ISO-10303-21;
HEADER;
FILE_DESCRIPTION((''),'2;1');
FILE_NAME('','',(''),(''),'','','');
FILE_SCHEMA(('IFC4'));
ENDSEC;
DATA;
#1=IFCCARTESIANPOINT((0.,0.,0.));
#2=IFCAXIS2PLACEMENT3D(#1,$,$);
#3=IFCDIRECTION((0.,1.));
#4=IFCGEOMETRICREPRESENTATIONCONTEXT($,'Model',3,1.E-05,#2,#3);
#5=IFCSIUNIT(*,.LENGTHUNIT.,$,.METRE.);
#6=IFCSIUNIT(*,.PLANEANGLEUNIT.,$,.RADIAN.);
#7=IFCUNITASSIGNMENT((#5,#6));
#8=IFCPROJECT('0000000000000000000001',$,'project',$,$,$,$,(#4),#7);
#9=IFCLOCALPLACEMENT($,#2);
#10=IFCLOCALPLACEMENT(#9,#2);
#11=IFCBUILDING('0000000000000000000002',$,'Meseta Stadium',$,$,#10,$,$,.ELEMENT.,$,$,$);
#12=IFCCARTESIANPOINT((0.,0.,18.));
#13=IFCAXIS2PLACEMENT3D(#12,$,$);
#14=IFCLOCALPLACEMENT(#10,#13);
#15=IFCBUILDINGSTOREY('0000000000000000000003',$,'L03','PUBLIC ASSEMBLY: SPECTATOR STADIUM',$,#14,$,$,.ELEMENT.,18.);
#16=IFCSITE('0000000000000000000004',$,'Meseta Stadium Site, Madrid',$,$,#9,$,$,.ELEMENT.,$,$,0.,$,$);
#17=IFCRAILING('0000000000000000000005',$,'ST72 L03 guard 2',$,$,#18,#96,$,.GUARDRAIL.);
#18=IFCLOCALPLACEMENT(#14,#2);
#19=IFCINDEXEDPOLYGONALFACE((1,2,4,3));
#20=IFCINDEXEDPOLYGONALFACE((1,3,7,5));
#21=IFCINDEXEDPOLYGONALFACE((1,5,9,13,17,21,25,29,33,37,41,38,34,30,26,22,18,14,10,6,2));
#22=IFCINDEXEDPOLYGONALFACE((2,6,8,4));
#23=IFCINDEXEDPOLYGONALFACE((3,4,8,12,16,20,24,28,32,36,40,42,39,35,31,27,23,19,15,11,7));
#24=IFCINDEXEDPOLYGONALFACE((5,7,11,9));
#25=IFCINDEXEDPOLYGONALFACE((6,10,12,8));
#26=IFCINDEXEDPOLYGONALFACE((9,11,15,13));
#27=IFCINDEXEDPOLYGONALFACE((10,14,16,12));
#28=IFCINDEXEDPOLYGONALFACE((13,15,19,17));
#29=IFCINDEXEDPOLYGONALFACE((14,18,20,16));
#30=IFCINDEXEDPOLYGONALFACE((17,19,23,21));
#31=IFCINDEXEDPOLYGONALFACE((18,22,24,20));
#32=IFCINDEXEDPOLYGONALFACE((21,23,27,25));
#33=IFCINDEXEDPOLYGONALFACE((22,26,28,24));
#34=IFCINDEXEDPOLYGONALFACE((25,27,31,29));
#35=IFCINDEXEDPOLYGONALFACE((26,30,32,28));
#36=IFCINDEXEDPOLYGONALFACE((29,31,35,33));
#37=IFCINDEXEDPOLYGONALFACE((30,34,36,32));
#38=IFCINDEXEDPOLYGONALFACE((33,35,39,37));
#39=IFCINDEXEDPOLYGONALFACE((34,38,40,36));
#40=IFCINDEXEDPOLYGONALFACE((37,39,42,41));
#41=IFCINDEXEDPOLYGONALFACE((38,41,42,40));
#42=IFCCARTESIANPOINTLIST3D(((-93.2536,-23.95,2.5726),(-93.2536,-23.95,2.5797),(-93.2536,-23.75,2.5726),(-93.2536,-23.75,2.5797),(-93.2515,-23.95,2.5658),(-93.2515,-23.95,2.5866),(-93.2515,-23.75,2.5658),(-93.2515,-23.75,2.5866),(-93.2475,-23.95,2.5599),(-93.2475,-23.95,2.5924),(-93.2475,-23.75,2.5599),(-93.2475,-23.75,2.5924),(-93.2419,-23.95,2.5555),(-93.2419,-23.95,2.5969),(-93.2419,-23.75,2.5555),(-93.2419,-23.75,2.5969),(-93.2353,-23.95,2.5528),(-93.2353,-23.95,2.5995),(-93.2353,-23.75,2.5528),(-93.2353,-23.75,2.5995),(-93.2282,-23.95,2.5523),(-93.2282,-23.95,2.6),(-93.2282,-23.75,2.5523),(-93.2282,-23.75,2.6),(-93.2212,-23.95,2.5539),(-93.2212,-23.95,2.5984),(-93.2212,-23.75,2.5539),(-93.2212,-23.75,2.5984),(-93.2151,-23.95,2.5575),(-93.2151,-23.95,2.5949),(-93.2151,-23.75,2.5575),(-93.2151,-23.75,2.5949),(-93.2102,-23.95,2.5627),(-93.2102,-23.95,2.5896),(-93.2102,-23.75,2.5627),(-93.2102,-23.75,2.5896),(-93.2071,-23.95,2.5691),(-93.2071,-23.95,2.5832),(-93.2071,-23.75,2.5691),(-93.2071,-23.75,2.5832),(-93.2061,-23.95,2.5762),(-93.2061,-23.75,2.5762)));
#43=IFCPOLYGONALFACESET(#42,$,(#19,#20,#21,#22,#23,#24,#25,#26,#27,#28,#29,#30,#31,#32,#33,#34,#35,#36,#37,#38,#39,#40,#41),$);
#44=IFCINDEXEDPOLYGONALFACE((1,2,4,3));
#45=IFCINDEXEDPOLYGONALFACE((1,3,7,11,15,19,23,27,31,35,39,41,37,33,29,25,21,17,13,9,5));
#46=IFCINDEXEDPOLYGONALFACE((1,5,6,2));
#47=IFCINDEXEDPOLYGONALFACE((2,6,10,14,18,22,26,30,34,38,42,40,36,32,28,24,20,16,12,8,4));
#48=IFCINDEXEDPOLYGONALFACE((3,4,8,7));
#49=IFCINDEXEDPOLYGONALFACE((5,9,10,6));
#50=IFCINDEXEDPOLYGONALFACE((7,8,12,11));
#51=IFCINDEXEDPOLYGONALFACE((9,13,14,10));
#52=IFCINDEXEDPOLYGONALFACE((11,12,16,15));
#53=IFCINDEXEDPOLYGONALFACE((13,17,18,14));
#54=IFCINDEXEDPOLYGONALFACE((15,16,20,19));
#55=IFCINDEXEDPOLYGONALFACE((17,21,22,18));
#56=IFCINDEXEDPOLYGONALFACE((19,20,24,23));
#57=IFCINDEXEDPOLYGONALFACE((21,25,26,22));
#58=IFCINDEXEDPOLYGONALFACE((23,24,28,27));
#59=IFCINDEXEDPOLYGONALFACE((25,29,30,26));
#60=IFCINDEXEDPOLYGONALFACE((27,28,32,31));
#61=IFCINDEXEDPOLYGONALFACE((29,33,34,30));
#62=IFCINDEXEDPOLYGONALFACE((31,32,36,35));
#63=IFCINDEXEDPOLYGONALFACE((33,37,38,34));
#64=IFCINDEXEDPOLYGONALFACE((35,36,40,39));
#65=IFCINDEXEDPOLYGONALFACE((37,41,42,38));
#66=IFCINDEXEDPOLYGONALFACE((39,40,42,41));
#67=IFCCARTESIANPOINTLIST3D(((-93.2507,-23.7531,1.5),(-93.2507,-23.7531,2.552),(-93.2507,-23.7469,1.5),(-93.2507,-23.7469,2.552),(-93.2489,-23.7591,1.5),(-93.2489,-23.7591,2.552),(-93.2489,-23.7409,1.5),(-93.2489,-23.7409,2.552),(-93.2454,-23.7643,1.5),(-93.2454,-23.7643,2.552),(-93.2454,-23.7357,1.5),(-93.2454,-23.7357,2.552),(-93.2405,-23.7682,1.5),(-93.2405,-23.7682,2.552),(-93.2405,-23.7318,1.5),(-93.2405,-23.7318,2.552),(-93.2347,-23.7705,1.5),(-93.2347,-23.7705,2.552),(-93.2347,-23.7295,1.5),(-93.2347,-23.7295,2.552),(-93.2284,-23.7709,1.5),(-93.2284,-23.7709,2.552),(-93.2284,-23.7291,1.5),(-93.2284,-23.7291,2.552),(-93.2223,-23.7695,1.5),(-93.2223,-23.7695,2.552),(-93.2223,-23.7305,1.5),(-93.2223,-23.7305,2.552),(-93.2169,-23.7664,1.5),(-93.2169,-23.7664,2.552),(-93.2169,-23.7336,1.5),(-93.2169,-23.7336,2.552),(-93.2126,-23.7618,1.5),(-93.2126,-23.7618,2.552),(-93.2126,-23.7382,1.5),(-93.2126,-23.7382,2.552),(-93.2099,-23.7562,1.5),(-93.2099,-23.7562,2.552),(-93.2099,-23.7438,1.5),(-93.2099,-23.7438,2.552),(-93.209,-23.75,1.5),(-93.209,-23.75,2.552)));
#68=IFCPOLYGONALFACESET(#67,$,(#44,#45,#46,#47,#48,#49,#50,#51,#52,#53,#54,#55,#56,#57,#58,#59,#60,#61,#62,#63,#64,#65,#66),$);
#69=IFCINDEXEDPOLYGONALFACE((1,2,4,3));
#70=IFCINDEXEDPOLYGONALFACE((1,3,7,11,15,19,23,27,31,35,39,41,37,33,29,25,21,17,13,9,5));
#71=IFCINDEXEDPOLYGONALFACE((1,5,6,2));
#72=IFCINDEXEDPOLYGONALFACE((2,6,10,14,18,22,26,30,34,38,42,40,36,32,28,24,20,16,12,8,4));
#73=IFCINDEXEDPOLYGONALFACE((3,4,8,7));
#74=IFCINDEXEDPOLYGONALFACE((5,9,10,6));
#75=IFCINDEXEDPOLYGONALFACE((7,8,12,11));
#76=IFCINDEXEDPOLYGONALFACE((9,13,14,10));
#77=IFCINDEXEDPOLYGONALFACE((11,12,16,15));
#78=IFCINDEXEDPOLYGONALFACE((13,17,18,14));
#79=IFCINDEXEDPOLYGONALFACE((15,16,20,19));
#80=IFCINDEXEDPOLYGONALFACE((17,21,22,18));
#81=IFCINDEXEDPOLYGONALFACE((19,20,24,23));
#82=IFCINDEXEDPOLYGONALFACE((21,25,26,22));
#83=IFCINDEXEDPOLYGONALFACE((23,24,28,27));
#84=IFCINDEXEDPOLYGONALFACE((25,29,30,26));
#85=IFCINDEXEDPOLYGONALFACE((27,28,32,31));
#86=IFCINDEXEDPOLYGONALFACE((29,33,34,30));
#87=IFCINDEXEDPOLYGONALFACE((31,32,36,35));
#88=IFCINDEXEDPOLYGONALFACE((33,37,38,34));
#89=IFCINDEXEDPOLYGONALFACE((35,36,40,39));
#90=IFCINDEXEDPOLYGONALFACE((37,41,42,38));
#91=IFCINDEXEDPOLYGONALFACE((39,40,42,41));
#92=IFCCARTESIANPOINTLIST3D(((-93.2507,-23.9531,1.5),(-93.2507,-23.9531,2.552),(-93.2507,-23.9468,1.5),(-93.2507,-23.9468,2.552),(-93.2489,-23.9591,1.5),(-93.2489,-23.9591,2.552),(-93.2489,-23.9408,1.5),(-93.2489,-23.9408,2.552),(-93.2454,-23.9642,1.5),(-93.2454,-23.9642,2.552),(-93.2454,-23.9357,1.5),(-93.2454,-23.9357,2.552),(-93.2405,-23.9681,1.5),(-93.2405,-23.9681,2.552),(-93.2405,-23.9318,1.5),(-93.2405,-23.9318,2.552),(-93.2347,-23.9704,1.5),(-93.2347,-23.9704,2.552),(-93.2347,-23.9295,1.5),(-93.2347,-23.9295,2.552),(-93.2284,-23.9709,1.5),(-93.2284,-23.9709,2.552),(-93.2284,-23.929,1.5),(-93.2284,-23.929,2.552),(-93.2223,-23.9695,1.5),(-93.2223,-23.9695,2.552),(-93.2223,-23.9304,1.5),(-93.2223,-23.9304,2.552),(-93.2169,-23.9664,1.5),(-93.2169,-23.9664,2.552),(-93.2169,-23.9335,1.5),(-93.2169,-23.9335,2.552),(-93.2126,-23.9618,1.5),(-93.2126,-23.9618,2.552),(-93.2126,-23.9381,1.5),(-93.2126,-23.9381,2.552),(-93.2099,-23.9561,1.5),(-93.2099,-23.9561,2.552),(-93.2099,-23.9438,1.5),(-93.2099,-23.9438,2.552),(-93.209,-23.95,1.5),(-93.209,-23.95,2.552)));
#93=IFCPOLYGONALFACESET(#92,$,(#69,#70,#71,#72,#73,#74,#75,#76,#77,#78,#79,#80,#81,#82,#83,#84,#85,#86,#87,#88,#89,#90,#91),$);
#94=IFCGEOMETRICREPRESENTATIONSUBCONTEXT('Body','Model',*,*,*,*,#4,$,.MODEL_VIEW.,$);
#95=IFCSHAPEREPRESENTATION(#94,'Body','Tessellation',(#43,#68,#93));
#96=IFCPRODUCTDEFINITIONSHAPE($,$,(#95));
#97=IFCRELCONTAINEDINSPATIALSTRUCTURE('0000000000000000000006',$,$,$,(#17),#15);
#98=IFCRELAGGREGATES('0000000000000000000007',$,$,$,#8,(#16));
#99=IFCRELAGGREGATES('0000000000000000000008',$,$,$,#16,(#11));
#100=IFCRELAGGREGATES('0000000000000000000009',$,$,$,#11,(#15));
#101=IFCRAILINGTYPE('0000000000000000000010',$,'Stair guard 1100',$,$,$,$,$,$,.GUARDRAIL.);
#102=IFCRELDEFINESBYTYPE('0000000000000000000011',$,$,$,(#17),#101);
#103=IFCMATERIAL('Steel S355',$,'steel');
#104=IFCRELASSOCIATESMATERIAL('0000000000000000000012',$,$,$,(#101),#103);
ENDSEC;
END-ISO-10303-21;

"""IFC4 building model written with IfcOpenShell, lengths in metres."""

from ifc_helpers import new_model, si_unit, direction, frame, origin, origin_2d, place, context, subcontext, project, spatial, circle, extrude, material, type_object, element, save


model = new_model("IFC4")

# Units and contexts
model_context = context("Model", 3, precision=1e-05, world=origin(), true_north=direction((0.0, 1.0)))
body_context = subcontext(model_context, "Body", "Model", "MODEL_VIEW")
ifc_project = project(units=[si_unit("LENGTHUNIT", "METRE"), si_unit("PLANEANGLEUNIT", "RADIAN")], contexts=[model_context])

# Site, building, storey
site_placement = place(None, origin())
site = spatial("IfcSite", under=ifc_project, at=site_placement, Name="Meseta Stadium Site, Madrid", CompositionType="ELEMENT", RefElevation=0.0)
building_placement = place(site_placement, origin())
building = spatial("IfcBuilding", under=site, at=building_placement, Name="Meseta Stadium", CompositionType="ELEMENT")
storey_placement = place(building_placement, frame((0.0, 0.0, 18.0)))
storey = spatial("IfcBuildingStorey", under=building, at=storey_placement, Name="L03", Description="PUBLIC ASSEMBLY: SPECTATOR STADIUM", CompositionType="ELEMENT", Elevation=18.0)

# Railing
ifc_material_1 = material(Name="Steel S355", Category="steel")
railing_type_1 = type_object("IfcRailingType", Name="Stair guard 1100", PredefinedType="GUARDRAIL", material=ifc_material_1)
railing_1_placement = place(storey_placement, frame((-93.23, -23.75, 1.5)))
element("IfcRailing", 1, at=railing_1_placement, inside=storey, type_object=railing_type_1, Name="ST72 L03 guard 2", PredefinedType="GUARDRAIL", context=body_context, shape_type="SweptSolid", body=[
    extrude(circle(Radius=0.0239, at=origin_2d()), frame((0.0, 0.0, 1.0762), z_axis=(0.0, -1.0, 0.0), x_axis=(1.0, 0.0, 0.0)), (0.0, 0.0, 1.0), 0.2),
    extrude(circle(Radius=0.021, at=origin_2d()), origin(), (0.0, 0.0, 1.0), 1.052),
    extrude(circle(Radius=0.021, at=origin_2d()), frame((0.0, -0.2, 0.0)), (0.0, 0.0, 1.0), 1.052),
])

save(model, "model.ifc")
